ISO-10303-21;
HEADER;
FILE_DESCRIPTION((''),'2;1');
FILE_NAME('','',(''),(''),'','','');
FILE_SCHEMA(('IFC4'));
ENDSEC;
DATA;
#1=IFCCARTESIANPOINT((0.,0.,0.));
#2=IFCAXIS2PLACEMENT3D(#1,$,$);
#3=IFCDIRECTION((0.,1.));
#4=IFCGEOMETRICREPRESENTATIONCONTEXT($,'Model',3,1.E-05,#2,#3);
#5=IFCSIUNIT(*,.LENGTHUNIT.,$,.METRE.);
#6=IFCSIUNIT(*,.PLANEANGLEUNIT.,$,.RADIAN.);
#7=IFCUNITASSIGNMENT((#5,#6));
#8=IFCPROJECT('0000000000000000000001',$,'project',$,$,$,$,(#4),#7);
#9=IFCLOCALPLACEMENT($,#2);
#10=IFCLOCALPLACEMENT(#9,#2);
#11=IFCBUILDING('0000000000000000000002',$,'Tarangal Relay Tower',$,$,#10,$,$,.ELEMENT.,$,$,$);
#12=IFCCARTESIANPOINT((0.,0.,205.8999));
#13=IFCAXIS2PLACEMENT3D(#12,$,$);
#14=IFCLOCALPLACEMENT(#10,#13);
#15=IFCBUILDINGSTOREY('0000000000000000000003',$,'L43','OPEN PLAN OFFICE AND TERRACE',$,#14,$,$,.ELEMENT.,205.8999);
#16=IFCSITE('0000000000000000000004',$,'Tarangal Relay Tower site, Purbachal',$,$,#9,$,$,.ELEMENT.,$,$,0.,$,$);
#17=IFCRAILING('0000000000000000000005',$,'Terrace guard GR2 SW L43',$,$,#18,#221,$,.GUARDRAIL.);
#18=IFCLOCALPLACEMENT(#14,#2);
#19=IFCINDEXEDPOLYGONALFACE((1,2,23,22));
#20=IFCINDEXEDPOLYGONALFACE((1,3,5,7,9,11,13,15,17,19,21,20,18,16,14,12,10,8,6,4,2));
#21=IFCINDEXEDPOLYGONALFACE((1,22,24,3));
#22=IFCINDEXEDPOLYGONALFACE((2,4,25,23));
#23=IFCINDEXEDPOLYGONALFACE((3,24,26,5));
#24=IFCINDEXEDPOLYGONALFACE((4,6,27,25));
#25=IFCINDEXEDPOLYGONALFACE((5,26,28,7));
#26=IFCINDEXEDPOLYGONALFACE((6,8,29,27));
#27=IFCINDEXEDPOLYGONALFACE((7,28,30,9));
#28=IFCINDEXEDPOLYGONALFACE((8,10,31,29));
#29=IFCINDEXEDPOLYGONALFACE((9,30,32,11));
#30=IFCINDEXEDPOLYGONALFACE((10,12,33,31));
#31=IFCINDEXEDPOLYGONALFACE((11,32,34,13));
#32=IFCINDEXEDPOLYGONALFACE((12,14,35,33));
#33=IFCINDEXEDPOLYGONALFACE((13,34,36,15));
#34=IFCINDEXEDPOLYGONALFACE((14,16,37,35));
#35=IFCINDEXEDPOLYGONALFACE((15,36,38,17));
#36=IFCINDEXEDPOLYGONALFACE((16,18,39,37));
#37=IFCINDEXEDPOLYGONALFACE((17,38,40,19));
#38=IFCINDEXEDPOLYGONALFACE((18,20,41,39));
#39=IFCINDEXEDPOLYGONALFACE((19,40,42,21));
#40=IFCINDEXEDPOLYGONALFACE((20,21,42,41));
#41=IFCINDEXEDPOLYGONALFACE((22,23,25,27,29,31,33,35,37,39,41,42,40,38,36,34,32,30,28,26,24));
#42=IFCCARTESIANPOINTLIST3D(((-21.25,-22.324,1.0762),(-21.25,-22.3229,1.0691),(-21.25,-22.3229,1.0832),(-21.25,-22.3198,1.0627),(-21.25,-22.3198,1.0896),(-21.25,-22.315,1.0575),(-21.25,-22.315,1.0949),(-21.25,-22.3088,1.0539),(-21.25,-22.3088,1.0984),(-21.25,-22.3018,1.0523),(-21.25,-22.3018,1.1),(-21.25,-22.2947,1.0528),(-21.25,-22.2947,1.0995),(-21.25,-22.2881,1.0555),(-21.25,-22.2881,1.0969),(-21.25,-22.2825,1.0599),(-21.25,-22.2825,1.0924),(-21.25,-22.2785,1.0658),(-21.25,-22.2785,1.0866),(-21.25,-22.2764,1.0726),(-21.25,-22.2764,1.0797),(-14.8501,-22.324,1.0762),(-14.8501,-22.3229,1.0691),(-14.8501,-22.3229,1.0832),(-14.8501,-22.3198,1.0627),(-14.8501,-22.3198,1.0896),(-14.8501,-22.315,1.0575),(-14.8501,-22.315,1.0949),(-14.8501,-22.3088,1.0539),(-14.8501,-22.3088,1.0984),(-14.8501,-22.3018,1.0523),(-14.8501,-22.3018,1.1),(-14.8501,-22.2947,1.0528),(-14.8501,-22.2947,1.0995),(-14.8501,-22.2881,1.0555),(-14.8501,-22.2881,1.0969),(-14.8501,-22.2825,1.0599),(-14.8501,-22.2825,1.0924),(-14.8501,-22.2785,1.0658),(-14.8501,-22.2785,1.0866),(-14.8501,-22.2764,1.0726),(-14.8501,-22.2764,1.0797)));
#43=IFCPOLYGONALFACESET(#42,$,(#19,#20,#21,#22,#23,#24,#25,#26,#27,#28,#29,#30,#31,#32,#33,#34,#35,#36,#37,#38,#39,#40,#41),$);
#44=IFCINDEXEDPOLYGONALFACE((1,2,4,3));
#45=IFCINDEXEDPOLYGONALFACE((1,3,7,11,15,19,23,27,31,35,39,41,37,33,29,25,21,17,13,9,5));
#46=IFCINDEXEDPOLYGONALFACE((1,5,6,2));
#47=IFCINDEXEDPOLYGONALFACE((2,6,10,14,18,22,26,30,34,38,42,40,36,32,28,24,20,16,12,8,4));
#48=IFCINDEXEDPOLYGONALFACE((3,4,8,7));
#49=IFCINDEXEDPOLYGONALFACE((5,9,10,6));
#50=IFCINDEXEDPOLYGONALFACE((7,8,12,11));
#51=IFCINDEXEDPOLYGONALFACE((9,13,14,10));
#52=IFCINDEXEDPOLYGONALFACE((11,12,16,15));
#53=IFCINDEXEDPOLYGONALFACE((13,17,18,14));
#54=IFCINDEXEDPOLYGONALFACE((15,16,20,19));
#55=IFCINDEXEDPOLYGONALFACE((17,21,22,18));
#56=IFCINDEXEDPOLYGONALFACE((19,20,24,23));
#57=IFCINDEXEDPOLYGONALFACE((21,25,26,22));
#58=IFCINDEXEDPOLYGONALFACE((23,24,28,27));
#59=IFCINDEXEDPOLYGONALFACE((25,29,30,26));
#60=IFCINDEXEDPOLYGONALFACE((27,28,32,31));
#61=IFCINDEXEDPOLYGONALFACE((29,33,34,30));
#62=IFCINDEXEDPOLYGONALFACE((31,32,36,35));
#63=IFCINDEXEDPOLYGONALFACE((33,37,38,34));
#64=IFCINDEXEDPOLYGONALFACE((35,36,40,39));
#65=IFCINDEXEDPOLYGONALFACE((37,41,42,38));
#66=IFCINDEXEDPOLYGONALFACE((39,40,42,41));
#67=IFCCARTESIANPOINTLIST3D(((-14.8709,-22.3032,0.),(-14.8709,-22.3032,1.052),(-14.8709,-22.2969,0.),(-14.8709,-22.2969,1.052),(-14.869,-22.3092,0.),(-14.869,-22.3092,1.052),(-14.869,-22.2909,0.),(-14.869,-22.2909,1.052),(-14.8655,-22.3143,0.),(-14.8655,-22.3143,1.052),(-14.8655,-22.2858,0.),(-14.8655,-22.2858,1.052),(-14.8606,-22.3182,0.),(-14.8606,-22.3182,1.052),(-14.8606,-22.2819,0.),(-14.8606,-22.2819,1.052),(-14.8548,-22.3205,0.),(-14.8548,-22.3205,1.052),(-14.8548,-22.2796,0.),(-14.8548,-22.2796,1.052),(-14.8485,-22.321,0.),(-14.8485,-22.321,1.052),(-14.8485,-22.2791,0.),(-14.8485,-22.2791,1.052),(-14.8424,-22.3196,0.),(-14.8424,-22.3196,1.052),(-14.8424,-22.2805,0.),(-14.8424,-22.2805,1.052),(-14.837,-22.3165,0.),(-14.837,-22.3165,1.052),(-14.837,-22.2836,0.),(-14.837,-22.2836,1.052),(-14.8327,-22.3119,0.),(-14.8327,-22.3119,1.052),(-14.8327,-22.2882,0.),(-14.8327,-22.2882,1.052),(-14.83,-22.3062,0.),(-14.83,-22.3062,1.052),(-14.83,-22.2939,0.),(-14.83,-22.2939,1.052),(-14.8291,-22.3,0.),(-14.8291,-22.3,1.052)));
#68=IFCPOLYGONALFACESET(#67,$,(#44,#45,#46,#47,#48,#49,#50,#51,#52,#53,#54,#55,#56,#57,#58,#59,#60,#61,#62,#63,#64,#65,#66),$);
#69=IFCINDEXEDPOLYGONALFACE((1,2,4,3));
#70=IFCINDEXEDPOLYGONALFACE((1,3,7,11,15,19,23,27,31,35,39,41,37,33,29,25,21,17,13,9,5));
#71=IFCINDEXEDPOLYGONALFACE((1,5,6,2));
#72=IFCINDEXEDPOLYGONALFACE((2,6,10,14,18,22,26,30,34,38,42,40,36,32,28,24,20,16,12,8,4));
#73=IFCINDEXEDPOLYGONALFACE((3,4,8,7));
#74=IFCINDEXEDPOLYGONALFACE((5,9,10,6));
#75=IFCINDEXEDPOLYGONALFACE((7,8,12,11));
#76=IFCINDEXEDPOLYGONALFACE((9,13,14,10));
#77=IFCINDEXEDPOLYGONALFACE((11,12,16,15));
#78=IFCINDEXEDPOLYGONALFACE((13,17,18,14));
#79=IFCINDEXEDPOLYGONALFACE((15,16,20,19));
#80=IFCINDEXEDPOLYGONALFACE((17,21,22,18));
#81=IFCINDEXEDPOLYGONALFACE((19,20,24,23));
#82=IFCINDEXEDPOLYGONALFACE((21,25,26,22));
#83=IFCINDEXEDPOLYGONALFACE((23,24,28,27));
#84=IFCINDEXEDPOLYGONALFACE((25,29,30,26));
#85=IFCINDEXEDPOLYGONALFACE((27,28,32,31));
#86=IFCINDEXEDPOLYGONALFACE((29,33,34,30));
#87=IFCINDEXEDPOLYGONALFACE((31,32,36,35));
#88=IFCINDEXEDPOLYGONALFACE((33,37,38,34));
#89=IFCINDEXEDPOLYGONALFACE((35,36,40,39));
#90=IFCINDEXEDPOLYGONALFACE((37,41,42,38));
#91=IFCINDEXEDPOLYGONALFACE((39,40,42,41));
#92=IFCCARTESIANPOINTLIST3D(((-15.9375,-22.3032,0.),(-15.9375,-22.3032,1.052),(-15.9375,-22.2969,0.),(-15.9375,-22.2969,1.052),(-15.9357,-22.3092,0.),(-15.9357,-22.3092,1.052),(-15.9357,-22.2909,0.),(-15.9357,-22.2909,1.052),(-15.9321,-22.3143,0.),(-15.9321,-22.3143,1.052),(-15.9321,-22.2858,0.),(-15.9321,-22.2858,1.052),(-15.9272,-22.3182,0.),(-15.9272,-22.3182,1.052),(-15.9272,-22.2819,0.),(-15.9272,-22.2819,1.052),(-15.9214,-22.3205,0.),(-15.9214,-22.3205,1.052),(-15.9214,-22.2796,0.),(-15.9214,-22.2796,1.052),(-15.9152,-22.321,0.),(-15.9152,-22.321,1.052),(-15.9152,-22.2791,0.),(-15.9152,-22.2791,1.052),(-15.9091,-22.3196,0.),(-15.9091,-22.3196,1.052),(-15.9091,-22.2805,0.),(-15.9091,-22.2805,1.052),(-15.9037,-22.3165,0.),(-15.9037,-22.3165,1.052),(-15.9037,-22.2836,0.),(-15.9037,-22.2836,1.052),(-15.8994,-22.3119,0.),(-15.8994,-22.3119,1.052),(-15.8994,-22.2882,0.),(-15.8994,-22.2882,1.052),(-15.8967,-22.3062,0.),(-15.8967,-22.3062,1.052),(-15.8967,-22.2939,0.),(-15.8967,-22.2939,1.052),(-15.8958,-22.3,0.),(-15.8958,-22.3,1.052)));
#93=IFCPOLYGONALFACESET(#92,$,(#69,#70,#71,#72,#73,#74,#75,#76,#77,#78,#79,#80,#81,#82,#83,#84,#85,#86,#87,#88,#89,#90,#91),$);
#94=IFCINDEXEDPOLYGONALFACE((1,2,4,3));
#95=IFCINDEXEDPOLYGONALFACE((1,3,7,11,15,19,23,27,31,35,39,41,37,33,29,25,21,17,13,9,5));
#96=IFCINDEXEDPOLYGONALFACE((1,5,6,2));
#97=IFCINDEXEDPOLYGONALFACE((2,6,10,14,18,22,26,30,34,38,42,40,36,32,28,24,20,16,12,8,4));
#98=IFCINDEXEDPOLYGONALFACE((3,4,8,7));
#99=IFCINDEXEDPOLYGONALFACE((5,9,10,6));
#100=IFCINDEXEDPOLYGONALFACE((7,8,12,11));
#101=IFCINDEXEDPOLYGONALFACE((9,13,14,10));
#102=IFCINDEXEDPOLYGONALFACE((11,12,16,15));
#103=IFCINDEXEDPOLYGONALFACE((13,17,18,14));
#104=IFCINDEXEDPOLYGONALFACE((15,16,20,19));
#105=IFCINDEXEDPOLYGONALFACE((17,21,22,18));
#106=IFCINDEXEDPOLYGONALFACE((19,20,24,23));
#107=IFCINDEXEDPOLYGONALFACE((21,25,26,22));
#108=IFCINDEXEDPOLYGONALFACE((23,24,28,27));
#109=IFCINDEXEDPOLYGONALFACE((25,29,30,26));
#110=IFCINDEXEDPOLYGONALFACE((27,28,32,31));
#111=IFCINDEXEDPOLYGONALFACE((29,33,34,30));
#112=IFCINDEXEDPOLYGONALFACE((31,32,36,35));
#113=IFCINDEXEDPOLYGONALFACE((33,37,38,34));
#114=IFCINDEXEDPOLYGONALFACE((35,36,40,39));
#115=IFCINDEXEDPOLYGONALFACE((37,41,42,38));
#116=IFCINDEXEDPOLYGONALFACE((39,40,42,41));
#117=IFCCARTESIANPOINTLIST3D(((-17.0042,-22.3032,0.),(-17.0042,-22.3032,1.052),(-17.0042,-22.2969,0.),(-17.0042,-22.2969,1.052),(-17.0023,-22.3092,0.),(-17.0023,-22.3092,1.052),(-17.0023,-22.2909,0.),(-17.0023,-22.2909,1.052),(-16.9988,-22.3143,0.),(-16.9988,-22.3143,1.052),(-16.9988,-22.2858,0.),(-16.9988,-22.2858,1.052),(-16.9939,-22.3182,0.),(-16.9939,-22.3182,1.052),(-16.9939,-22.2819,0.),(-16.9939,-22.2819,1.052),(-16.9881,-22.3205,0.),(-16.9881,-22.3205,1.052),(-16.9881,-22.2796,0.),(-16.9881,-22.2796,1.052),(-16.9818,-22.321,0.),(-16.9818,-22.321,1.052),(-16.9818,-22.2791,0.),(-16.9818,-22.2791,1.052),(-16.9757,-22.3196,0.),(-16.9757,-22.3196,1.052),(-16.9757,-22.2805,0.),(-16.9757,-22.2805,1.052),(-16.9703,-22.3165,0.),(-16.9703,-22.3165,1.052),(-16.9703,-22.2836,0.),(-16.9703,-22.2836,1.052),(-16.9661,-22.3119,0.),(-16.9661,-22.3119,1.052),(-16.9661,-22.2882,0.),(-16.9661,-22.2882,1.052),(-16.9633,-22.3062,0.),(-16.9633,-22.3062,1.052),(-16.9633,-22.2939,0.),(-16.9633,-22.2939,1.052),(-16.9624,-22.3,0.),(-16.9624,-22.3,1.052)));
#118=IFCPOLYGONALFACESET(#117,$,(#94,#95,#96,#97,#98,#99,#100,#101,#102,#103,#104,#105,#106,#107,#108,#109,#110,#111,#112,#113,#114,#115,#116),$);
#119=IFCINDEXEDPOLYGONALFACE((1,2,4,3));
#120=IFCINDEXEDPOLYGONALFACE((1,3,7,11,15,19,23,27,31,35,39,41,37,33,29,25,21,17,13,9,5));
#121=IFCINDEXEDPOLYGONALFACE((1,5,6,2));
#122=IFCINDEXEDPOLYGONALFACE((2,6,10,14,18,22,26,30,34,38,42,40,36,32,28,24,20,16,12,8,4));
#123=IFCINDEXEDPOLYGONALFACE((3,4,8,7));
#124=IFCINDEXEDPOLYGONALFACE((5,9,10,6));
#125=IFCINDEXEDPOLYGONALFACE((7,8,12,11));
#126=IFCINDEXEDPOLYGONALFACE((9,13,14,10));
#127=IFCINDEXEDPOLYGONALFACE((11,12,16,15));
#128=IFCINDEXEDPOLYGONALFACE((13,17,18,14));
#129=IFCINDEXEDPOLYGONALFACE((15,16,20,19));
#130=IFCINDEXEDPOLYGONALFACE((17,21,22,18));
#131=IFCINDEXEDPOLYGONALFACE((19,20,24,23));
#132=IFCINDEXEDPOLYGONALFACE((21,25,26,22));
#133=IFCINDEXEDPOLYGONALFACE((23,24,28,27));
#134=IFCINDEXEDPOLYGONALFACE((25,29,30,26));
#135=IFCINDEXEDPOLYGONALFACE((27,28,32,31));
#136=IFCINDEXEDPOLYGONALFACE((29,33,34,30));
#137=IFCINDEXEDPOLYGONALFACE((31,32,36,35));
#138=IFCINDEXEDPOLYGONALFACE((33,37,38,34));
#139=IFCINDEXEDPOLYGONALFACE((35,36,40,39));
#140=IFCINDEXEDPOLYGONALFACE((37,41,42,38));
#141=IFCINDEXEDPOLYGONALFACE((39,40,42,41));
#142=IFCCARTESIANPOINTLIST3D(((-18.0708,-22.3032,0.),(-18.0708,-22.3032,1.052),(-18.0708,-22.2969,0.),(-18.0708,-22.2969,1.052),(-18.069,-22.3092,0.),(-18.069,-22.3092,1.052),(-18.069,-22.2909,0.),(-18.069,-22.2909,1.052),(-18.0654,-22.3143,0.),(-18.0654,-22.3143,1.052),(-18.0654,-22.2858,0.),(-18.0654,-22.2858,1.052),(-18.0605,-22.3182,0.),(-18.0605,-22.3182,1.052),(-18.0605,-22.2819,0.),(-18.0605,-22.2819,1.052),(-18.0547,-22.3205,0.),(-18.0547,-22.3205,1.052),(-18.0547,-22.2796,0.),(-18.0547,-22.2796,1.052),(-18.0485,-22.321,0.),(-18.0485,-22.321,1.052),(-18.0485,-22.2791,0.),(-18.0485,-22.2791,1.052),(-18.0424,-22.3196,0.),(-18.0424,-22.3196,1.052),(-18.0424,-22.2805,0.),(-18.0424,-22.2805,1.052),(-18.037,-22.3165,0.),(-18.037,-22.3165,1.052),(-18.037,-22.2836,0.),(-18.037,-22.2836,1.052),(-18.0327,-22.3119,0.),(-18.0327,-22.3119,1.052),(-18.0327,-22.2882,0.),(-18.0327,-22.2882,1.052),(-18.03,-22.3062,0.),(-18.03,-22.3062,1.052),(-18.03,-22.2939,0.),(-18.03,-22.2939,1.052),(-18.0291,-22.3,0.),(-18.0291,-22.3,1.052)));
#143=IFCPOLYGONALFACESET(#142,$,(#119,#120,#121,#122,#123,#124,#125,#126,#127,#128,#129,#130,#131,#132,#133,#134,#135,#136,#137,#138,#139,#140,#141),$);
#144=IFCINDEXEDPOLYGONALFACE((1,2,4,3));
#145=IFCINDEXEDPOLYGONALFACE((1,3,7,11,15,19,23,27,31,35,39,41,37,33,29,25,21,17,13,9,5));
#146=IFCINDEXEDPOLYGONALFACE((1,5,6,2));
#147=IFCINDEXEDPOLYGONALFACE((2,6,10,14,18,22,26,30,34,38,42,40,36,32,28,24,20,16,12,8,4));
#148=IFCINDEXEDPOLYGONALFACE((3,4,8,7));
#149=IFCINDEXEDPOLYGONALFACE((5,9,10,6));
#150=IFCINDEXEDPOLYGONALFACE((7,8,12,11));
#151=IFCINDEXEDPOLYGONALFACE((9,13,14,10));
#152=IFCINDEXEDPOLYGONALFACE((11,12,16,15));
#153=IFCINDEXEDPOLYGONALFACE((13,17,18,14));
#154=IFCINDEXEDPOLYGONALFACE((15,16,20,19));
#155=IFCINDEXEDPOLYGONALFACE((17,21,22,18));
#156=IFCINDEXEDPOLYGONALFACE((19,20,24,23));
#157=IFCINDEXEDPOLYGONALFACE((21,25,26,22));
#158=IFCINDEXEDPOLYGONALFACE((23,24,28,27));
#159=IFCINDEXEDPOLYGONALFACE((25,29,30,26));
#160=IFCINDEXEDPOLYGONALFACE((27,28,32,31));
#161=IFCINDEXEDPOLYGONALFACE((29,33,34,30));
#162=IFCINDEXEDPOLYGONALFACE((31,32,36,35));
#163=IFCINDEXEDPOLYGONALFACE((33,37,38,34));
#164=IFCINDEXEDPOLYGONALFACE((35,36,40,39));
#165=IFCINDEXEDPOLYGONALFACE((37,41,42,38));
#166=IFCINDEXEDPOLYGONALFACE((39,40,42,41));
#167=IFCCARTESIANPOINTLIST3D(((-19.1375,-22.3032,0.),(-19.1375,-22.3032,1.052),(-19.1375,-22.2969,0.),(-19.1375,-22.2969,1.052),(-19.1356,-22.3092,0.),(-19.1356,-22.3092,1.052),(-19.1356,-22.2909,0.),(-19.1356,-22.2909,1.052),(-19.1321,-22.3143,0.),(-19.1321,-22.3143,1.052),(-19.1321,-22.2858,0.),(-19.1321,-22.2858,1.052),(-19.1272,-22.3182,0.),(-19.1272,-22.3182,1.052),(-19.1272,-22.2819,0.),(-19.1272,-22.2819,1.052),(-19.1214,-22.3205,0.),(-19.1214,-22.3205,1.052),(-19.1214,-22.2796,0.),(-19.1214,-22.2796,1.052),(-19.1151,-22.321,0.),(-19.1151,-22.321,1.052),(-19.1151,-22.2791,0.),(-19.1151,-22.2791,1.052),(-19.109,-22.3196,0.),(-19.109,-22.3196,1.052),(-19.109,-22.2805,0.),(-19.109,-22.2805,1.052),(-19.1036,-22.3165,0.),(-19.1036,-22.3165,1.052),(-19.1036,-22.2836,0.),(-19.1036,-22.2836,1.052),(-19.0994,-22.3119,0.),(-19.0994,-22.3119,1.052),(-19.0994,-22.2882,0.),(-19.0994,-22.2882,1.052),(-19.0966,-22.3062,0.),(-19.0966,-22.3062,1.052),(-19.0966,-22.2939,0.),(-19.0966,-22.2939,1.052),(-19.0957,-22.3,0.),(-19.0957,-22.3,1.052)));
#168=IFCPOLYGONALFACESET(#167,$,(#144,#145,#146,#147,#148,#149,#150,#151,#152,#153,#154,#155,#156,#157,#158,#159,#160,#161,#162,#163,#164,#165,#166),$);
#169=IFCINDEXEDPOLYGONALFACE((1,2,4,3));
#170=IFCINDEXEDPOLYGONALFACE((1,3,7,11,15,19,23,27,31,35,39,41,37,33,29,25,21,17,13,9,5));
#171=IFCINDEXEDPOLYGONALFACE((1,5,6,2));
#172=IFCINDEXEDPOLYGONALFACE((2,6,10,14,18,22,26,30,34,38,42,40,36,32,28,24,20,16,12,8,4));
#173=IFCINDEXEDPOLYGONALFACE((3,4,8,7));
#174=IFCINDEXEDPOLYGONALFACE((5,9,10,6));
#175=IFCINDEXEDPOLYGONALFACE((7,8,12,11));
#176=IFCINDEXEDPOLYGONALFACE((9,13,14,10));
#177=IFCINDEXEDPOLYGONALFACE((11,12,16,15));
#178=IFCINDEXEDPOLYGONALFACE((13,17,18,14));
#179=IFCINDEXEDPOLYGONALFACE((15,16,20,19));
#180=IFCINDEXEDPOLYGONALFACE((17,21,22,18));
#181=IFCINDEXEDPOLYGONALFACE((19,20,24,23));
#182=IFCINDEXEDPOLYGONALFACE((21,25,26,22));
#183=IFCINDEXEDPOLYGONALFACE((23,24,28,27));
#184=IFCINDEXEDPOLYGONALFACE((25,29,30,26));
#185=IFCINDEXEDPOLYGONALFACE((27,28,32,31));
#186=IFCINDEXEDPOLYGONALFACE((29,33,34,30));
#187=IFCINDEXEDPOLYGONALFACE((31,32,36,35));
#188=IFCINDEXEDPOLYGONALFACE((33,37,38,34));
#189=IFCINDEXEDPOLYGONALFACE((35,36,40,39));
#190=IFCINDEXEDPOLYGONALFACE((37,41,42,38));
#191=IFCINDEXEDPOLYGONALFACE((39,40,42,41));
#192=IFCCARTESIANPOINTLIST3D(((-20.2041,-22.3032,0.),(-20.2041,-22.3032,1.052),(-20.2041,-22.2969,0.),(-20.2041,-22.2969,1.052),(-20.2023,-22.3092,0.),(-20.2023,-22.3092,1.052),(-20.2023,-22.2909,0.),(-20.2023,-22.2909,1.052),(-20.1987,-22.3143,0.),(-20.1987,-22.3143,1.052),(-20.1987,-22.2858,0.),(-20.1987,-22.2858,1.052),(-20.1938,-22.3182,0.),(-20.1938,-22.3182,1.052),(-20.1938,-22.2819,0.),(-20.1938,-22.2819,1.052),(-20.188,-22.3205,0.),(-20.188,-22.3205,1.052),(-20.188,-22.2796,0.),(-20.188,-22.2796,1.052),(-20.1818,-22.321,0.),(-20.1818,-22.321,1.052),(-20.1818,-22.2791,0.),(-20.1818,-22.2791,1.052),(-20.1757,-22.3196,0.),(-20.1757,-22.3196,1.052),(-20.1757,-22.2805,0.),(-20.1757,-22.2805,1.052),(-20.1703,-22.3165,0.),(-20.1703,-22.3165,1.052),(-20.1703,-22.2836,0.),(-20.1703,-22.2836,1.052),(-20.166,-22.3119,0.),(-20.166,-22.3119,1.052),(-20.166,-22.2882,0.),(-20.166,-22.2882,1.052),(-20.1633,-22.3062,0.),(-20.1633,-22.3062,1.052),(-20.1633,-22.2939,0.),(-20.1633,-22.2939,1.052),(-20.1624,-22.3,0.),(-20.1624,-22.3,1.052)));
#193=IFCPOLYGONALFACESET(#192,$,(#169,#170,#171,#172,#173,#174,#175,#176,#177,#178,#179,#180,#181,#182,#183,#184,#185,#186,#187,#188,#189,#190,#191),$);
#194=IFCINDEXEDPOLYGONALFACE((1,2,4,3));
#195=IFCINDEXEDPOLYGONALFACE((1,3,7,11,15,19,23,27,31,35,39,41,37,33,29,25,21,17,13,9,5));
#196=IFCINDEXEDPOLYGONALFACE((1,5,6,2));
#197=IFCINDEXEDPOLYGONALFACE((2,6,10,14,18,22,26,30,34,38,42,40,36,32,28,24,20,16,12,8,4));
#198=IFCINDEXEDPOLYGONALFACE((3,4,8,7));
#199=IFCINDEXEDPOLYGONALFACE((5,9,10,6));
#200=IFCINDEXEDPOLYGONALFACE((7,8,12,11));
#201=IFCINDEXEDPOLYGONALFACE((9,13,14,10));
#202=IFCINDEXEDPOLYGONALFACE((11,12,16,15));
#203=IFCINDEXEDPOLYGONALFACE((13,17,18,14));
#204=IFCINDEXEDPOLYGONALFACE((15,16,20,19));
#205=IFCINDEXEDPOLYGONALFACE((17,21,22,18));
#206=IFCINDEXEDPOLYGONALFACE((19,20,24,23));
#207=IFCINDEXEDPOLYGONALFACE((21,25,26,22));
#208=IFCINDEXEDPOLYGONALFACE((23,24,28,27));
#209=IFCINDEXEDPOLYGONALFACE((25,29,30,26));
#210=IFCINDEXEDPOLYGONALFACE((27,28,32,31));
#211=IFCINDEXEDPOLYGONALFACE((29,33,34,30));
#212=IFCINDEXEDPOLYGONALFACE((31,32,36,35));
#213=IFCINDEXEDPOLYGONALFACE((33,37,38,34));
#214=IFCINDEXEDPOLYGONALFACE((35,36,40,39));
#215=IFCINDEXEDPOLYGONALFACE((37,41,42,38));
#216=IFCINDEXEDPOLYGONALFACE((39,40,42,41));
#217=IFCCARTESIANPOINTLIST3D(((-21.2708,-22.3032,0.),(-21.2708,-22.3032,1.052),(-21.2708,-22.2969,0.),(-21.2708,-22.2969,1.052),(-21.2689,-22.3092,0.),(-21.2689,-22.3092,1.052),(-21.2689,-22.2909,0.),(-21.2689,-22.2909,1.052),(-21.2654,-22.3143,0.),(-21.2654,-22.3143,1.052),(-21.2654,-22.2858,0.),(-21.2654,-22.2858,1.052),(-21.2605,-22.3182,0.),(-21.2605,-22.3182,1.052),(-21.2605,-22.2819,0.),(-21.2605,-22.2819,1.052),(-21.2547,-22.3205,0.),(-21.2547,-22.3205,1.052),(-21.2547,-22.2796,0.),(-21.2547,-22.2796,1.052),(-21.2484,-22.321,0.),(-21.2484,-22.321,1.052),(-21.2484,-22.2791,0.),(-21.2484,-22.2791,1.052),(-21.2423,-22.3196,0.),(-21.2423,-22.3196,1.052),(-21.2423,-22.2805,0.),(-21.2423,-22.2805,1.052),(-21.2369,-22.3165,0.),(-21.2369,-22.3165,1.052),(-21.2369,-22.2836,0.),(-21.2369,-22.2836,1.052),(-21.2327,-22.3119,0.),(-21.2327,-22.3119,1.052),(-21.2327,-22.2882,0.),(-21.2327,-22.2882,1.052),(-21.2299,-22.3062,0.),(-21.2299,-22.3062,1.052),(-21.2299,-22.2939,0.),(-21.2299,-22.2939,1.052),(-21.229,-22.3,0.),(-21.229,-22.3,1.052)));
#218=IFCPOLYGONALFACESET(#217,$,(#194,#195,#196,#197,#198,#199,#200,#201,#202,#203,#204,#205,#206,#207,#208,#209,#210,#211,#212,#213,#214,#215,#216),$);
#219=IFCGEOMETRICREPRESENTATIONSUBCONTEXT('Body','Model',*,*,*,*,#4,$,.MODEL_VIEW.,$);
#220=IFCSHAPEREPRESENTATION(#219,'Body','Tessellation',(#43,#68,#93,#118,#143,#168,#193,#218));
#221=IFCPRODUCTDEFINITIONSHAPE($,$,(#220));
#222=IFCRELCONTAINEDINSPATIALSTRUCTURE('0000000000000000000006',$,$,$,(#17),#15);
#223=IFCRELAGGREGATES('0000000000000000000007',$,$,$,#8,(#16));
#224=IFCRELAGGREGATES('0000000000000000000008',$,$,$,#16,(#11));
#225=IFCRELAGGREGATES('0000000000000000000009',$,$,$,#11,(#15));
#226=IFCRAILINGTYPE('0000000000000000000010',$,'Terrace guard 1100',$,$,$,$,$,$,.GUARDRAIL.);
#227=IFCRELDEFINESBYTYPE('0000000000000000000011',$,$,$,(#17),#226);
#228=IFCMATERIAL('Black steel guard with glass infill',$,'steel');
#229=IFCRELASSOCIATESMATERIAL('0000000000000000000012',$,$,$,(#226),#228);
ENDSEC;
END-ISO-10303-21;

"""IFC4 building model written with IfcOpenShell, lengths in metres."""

from ifc_helpers import new_model, si_unit, direction, frame, origin, origin_2d, place, context, subcontext, project, spatial, circle, extrude, material, type_object, element, save


model = new_model("IFC4")

# Units and contexts
model_context = context("Model", 3, precision=1e-05, world=origin(), true_north=direction((0.0, 1.0)))
body_context = subcontext(model_context, "Body", "Model", "MODEL_VIEW")
ifc_project = project(units=[si_unit("LENGTHUNIT", "METRE"), si_unit("PLANEANGLEUNIT", "RADIAN")], contexts=[model_context])

# Site, building, storey
site_placement = place(None, origin())
site = spatial("IfcSite", under=ifc_project, at=site_placement, Name="Tarangal Relay Tower site, Purbachal", CompositionType="ELEMENT", RefElevation=0.0)
building_placement = place(site_placement, origin())
building = spatial("IfcBuilding", under=site, at=building_placement, Name="Tarangal Relay Tower", CompositionType="ELEMENT")
storey_placement = place(building_placement, frame((0.0, 0.0, 205.8999)))
storey = spatial("IfcBuildingStorey", under=building, at=storey_placement, Name="L43", Description="OPEN PLAN OFFICE AND TERRACE", CompositionType="ELEMENT", Elevation=205.8999)

# Railing
ifc_material_1 = material(Name="Black steel guard with glass infill", Category="steel")
railing_type = type_object("IfcRailingType", Name="Terrace guard 1100", PredefinedType="GUARDRAIL", material=ifc_material_1)
railing_1_placement = place(storey_placement, frame((-14.8501, -22.3, 0.0)))
element("IfcRailing", 1, at=railing_1_placement, inside=storey, type_object=railing_type, Name="Terrace guard GR2 SW L43", PredefinedType="GUARDRAIL", context=body_context, shape_type="SweptSolid", body=[
    extrude(circle(Radius=0.0239, at=origin_2d()), frame((0.0, 0.0, 1.0762), z_axis=(-1.0, 0.0, 0.0), x_axis=(0.0, -1.0, 0.0)), (0.0, 0.0, 1.0), 6.3999),
    extrude(circle(Radius=0.021, at=origin_2d()), origin(), (0.0, 0.0, 1.0), 1.052),
    extrude(circle(Radius=0.021, at=origin_2d()), frame((-1.0667, 0.0, 0.0)), (0.0, 0.0, 1.0), 1.052),
    extrude(circle(Radius=0.021, at=origin_2d()), frame((-2.1333, 0.0, 0.0)), (0.0, 0.0, 1.0), 1.052),
    extrude(circle(Radius=0.021, at=origin_2d()), frame((-3.2, 0.0, 0.0)), (0.0, 0.0, 1.0), 1.052),
    extrude(circle(Radius=0.021, at=origin_2d()), frame((-4.2666, 0.0, 0.0)), (0.0, 0.0, 1.0), 1.052),
    extrude(circle(Radius=0.021, at=origin_2d()), frame((-5.3333, 0.0, 0.0)), (0.0, 0.0, 1.0), 1.052),
    extrude(circle(Radius=0.021, at=origin_2d()), frame((-6.3999, 0.0, 0.0)), (0.0, 0.0, 1.0), 1.052),
])

save(model, "model.ifc")
